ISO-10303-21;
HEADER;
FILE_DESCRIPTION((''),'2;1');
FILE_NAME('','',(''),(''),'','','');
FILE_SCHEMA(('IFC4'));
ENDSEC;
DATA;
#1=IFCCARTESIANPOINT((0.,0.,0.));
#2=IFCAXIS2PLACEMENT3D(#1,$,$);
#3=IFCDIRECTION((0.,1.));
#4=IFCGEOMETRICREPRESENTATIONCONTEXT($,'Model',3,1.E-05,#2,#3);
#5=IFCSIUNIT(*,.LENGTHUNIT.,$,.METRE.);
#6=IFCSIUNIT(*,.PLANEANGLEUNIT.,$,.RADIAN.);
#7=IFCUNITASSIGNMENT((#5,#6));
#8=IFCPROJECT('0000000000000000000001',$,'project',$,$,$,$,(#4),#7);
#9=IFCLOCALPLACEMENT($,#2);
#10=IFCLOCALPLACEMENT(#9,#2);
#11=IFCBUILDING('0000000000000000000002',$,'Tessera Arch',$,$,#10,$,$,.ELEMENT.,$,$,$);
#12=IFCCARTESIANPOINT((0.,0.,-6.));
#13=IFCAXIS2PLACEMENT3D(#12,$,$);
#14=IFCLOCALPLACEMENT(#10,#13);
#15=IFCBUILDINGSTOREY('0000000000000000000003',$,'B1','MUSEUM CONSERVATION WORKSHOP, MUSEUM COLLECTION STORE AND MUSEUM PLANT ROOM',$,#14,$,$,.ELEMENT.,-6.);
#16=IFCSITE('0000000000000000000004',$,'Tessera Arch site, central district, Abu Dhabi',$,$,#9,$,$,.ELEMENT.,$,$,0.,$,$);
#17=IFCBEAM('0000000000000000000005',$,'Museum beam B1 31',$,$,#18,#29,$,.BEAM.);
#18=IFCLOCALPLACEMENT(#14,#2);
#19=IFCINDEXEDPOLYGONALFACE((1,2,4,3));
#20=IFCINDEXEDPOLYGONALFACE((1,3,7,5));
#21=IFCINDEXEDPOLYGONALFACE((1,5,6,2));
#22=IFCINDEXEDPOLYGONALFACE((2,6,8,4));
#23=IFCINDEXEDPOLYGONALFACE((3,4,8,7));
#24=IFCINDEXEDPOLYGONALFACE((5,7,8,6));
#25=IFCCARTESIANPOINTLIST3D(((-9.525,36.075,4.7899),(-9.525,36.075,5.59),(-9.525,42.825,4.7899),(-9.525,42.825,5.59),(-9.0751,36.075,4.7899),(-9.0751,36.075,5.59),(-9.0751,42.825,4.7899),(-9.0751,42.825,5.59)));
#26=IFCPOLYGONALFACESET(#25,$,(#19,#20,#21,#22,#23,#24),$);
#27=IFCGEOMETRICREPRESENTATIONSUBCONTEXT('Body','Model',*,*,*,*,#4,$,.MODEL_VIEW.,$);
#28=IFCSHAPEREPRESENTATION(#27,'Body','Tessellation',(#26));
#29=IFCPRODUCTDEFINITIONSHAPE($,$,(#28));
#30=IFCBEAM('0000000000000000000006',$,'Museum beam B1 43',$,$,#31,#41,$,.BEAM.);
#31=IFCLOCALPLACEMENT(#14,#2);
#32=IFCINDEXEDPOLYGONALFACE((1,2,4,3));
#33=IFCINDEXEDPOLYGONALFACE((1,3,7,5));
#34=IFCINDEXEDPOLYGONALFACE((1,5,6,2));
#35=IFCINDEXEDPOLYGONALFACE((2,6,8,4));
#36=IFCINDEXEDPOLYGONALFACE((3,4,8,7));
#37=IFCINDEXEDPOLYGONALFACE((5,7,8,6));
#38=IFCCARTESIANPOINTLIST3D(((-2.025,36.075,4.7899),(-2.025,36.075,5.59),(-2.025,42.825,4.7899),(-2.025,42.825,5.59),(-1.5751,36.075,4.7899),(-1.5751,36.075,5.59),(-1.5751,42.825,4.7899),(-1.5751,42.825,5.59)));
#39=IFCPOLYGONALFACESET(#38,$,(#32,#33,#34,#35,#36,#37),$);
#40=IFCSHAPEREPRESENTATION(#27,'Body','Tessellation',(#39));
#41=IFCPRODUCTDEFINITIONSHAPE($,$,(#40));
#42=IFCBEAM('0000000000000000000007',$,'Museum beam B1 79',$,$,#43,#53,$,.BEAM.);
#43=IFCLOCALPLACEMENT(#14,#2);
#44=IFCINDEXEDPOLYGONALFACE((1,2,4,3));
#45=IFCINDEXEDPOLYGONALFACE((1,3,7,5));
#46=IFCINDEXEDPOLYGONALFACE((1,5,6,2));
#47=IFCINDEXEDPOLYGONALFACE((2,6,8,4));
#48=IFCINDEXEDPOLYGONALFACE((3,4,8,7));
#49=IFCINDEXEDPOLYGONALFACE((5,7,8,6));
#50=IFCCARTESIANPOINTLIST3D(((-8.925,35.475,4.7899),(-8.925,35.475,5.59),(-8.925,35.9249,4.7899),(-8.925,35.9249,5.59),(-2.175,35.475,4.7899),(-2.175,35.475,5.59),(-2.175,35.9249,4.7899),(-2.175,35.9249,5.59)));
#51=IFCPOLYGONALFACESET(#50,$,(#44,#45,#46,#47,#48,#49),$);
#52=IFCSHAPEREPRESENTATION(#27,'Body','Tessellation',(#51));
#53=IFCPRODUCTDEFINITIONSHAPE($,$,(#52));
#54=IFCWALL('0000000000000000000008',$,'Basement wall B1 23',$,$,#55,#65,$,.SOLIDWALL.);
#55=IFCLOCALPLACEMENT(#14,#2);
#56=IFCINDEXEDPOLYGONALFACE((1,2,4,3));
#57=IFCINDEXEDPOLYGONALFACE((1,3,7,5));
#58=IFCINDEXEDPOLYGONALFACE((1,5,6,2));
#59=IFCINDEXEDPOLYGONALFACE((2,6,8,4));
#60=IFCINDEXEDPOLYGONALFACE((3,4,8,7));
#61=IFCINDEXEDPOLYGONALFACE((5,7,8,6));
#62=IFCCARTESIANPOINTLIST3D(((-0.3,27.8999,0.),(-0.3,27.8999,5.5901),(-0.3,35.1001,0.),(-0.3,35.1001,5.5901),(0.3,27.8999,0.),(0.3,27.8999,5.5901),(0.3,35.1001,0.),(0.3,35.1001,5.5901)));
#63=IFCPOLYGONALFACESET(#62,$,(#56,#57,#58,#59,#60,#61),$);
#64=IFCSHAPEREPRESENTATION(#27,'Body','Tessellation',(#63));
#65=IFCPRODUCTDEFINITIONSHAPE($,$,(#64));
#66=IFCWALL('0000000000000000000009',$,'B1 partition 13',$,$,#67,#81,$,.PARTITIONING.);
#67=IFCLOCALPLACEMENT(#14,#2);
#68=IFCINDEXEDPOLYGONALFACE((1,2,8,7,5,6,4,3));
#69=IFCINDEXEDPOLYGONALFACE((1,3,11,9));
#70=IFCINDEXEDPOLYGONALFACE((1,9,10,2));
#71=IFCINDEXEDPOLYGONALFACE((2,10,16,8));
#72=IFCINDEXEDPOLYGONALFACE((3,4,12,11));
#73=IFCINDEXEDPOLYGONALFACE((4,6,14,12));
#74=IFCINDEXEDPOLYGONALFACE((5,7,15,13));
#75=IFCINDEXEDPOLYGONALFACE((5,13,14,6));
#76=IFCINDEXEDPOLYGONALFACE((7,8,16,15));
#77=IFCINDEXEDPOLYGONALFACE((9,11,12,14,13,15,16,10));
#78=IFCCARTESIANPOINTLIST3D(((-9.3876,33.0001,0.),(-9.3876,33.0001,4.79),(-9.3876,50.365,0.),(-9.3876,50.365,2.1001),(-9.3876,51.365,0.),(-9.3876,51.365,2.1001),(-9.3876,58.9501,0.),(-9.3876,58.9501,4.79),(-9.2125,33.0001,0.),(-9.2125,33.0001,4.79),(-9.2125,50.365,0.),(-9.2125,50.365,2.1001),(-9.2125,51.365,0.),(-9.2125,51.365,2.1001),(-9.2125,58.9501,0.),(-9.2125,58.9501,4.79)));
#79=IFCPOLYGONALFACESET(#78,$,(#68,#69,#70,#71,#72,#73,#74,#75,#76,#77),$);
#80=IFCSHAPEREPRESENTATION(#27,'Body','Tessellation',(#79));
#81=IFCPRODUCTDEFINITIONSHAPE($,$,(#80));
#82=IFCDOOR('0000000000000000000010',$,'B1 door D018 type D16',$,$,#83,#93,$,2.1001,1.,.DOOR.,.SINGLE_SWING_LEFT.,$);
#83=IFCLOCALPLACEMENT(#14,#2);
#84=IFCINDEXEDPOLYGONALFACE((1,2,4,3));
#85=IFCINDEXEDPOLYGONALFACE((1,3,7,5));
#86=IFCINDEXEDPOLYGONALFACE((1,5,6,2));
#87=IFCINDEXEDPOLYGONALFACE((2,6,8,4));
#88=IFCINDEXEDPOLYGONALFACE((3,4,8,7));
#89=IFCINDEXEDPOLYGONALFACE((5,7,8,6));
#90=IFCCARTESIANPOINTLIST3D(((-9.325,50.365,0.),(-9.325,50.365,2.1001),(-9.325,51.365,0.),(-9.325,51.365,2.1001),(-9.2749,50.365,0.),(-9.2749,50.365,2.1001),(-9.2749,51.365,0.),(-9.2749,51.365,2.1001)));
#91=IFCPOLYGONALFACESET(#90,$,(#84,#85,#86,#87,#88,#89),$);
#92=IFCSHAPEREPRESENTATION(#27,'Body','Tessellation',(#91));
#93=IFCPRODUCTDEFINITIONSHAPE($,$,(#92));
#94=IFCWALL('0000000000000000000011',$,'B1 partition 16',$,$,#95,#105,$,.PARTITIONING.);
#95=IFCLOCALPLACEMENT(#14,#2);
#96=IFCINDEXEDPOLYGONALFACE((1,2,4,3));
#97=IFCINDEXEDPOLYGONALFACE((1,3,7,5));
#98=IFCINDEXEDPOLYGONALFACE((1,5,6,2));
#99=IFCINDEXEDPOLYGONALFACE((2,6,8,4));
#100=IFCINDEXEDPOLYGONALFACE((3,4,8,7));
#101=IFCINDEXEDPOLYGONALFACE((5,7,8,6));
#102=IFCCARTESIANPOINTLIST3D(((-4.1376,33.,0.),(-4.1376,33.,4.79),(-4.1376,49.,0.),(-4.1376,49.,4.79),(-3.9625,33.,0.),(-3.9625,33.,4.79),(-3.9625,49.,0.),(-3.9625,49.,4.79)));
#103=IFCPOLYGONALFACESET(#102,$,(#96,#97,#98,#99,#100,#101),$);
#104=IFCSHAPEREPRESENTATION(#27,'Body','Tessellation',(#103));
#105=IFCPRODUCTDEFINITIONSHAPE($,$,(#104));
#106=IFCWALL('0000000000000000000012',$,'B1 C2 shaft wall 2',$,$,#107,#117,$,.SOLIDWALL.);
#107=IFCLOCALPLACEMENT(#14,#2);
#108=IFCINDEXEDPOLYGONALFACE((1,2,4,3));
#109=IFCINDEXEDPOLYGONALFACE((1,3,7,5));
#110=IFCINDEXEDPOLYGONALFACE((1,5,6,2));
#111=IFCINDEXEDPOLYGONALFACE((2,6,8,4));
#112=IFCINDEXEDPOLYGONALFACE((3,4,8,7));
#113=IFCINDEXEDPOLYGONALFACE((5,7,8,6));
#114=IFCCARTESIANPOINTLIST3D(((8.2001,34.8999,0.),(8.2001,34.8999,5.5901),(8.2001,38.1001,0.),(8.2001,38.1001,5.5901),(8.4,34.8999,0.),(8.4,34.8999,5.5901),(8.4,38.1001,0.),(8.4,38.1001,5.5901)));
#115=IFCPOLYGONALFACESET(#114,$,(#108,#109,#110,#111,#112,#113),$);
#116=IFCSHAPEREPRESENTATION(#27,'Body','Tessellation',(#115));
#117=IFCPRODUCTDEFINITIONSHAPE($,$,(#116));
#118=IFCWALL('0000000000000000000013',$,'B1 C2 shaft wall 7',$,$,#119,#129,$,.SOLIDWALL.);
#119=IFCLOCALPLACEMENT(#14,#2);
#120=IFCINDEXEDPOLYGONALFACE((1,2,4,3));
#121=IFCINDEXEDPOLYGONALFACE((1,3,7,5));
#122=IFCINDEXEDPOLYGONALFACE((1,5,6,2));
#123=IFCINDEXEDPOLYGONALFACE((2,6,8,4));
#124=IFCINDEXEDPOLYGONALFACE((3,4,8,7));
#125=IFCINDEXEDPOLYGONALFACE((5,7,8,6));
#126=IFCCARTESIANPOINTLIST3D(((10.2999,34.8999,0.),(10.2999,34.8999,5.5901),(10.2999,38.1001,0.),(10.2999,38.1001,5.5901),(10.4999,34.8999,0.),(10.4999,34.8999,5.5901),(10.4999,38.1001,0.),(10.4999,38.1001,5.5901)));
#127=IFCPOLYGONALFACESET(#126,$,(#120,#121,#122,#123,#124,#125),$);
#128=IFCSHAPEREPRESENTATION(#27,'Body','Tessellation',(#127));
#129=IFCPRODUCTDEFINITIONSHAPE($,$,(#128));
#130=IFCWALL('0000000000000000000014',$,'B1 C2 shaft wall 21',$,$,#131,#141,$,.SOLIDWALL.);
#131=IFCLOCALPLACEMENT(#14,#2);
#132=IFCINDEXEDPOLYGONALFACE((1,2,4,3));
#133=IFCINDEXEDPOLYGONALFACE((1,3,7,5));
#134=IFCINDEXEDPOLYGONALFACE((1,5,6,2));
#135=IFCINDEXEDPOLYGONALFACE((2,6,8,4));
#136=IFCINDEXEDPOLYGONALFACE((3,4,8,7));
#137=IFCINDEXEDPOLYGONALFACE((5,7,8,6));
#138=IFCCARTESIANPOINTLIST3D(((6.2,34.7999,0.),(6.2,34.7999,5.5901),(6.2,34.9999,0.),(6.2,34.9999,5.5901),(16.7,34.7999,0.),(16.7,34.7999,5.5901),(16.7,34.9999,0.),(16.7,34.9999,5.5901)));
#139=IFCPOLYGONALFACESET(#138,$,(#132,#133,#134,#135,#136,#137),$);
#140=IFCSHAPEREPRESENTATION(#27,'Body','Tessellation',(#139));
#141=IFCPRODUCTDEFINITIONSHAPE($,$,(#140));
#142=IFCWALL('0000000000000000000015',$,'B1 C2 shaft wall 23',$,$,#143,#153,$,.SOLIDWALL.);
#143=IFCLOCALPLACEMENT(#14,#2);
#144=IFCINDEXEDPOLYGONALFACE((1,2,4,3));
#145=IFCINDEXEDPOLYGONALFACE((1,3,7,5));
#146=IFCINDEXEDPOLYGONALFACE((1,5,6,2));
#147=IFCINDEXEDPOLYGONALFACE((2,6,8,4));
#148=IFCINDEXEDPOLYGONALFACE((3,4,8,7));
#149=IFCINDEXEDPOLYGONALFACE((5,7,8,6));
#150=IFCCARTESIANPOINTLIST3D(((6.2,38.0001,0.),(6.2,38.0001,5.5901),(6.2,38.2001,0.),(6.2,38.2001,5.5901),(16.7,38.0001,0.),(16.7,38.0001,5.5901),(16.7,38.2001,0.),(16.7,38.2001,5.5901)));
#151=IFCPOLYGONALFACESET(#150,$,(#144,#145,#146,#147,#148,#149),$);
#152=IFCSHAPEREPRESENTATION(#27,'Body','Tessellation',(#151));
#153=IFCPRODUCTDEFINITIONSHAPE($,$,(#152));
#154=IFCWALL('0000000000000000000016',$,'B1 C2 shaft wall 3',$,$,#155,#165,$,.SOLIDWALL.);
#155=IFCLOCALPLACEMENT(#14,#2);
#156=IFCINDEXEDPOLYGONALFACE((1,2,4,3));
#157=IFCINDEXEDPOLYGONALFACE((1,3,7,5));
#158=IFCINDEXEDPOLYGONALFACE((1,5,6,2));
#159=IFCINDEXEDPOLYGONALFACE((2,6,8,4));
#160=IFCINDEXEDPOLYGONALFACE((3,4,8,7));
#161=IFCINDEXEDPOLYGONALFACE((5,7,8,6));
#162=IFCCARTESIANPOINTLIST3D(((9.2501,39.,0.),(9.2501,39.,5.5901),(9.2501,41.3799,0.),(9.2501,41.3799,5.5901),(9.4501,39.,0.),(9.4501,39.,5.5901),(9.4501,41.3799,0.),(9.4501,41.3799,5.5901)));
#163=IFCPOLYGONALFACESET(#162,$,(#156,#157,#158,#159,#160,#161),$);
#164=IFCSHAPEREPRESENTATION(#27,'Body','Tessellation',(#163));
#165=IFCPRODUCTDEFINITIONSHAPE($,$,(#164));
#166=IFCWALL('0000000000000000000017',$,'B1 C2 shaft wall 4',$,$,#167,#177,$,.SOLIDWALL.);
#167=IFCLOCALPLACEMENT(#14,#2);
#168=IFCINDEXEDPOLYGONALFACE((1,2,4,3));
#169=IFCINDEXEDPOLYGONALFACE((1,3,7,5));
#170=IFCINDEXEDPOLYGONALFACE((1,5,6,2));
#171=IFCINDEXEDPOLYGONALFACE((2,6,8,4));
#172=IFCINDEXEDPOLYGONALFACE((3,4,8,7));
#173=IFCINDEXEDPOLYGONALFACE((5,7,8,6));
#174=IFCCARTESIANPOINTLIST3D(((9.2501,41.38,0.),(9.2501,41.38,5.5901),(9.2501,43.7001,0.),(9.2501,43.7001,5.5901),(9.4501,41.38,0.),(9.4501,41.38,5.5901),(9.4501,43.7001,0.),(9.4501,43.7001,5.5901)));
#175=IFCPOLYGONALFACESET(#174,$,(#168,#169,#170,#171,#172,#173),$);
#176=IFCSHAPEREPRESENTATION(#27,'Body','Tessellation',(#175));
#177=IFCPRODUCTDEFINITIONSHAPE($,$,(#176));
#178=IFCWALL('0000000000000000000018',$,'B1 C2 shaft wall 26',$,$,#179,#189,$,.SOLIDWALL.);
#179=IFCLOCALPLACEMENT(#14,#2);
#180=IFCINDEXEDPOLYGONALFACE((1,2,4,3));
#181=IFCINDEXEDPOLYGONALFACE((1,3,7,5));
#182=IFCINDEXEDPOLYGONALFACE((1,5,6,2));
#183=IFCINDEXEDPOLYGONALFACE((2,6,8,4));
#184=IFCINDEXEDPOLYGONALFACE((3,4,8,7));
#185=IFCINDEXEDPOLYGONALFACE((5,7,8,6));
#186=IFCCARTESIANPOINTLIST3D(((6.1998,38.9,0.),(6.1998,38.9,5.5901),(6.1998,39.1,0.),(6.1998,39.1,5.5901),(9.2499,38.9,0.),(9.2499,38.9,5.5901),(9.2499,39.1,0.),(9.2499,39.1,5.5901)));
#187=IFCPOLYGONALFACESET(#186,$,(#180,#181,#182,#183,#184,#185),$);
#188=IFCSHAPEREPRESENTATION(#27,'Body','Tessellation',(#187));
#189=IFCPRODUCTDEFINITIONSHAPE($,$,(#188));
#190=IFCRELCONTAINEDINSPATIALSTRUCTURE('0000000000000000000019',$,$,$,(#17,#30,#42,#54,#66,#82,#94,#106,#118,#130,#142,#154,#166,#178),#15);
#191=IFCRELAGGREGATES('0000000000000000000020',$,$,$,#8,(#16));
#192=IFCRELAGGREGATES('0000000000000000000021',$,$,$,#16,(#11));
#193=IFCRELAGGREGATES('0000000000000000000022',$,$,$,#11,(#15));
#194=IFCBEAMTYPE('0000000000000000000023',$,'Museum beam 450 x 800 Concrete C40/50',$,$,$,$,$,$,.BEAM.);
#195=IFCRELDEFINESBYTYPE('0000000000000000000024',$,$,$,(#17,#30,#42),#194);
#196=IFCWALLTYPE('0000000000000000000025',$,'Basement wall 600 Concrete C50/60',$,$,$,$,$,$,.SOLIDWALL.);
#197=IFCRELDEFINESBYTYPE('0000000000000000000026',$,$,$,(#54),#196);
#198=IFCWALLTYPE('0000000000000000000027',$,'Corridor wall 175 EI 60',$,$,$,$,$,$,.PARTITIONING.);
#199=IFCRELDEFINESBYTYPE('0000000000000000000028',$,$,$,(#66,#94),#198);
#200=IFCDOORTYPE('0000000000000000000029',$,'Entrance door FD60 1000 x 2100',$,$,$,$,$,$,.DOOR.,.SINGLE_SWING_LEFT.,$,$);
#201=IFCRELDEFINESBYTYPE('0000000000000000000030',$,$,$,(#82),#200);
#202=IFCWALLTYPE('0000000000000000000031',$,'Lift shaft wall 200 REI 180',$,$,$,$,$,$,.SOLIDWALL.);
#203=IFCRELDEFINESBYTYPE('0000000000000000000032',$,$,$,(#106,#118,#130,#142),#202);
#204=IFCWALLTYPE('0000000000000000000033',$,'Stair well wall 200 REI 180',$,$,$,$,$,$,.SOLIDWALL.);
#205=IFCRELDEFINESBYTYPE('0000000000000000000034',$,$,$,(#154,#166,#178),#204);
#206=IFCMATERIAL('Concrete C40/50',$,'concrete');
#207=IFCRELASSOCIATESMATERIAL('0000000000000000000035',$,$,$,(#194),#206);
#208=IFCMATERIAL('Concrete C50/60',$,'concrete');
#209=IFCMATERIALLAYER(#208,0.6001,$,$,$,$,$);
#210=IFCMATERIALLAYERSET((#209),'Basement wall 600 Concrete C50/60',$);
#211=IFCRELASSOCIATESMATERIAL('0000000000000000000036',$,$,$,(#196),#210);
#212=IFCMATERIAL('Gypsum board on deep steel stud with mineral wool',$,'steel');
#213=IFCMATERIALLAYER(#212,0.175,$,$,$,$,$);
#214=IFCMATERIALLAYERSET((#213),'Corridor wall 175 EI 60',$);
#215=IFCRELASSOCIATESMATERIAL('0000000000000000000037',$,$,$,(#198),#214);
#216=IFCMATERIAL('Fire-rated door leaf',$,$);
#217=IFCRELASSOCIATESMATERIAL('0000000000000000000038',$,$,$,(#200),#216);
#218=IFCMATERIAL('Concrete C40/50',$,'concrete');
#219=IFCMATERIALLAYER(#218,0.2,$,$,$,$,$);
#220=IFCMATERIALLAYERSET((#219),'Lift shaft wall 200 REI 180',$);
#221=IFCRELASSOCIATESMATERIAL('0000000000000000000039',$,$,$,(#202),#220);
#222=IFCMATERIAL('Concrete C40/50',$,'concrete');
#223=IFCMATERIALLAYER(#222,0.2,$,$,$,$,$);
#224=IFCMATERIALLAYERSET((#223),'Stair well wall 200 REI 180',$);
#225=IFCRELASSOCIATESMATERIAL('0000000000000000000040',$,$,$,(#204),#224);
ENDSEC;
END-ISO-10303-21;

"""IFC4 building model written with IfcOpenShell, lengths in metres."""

from ifc_helpers import new_model, si_unit, direction, frame, frame_2d, origin, origin_2d, place, context, subcontext, project, spatial, rectangle, extrude, material, layer, layer_set, material_profile, profile_set, type_object, element, fill, save


model = new_model("IFC4")

# Units and contexts
model_context = context("Model", 3, precision=1e-05, world=origin(), true_north=direction((0.0, 1.0)))
body_context = subcontext(model_context, "Body", "Model", "MODEL_VIEW")
ifc_project = project(units=[si_unit("LENGTHUNIT", "METRE"), si_unit("PLANEANGLEUNIT", "RADIAN")], contexts=[model_context])

# Site, building, storey
site_placement = place(None, origin())
site = spatial("IfcSite", under=ifc_project, at=site_placement, Name="Tessera Arch site, central district, Abu Dhabi", CompositionType="ELEMENT", RefElevation=0.0)
building_placement = place(site_placement, origin())
building = spatial("IfcBuilding", under=site, at=building_placement, Name="Tessera Arch", CompositionType="ELEMENT")
storey_placement = place(building_placement, frame((0.0, 0.0, -6.0)))
storey = spatial("IfcBuildingStorey", under=building, at=storey_placement, Name="B1", Description="MUSEUM CONSERVATION WORKSHOP, MUSEUM COLLECTION STORE AND MUSEUM PLANT ROOM", CompositionType="ELEMENT", Elevation=-6.0)

# Beams
ifc_material_1 = material(Name="Concrete C40/50", Category="concrete")
ifc_material_profile_1 = material_profile(ifc_material_1, rectangle(XDim=0.45, YDim=0.8, at=origin_2d()), Name="Museum beam 450 x 800 Concrete C40/50")
ifc_profile_set_1 = profile_set([ifc_material_profile_1], Name="Concrete C40/50")
beam_type = type_object("IfcBeamType", Name="Museum beam 450 x 800 Concrete C40/50", PredefinedType="BEAM", material=ifc_profile_set_1)
for number, where, z_axis, x_axis, name in (
    (1, (-9.3, 36.075, 5.1899), (0.0, 1.0, 0.0), (-1.0, 0.0, 0.0), "Museum beam B1 31"),
    (2, (-1.8, 36.075, 5.1899), (0.0, 1.0, 0.0), (-1.0, 0.0, 0.0), "Museum beam B1 43"),
    (3, (-8.925, 35.7, 5.1899), (1.0, 0.0, 0.0), (0.0, 1.0, 0.0), "Museum beam B1 79"),
):
    element("IfcBeam", number, at=place(storey_placement, frame(where, z_axis=z_axis, x_axis=x_axis)), inside=storey, type_object=beam_type, Name=name, PredefinedType="BEAM", context=body_context, shape_type="SweptSolid", body=[
        extrude(rectangle(XDim=0.45, YDim=0.8, at=origin_2d()), origin(), (0.0, 0.0, 1.0), 6.75),
    ])

# Wall
ifc_material_2 = material(Name="Concrete C50/60", Category="concrete")
ifc_layer_1 = layer(ifc_material_2, 0.6001)
ifc_layer_set_1 = layer_set([ifc_layer_1], Name="Basement wall 600 Concrete C50/60")
wall_type_1 = type_object("IfcWallType", Name="Basement wall 600 Concrete C50/60", PredefinedType="SOLIDWALL", material=ifc_layer_set_1)
wall_1_placement = place(storey_placement, frame((0.0, 35.1001, 0.0), z_axis=(0.0, 0.0, 1.0), x_axis=(0.0, -1.0, 0.0)))
element("IfcWall", 4, at=wall_1_placement, inside=storey, type_object=wall_type_1, Name="Basement wall B1 23", PredefinedType="SOLIDWALL", context=body_context, shape_type="SweptSolid", body=[
    extrude(rectangle(XDim=7.2002, YDim=0.6001, at=frame_2d((3.6001, 0.0))), origin(), (0.0, 0.0, 1.0), 5.5901),
])

# Wall, opening, door
ifc_material_3 = material(Name="Gypsum board on deep steel stud with mineral wool", Category="steel")
ifc_layer_2 = layer(ifc_material_3, 0.175)
ifc_layer_set_2 = layer_set([ifc_layer_2], Name="Corridor wall 175 EI 60")
wall_type_2 = type_object("IfcWallType", Name="Corridor wall 175 EI 60", PredefinedType="PARTITIONING", material=ifc_layer_set_2)
wall_2_placement = place(storey_placement, frame((-9.3, 33.0, 0.0), z_axis=(0.0, 0.0, 1.0), x_axis=(0.0, 1.0, 0.0)))
wall_2 = element("IfcWall", 5, at=wall_2_placement, inside=storey, type_object=wall_type_2, Name="B1 partition 13", PredefinedType="PARTITIONING", context=body_context, shape_type="SweptSolid", body=[
    extrude(rectangle(XDim=25.95, YDim=0.175, at=frame_2d((12.9751, 0.0))), origin(), (0.0, 0.0, 1.0), 4.79),
])
opening_placement = place(wall_2_placement, frame((17.365, 0.0, 0.0)))
opening = element("IfcOpeningElement", 6, at=opening_placement, cuts=wall_2, PredefinedType="OPENING", context=body_context, shape_type="SweptSolid", body=[
    extrude(rectangle(XDim=1.0, YDim=2.1001, at=frame_2d((0.5, 1.05))), frame((0.0, 0.0974, 0.0), z_axis=(0.0, -1.0, 0.0), x_axis=(1.0, 0.0, 0.0)), (0.0, 0.0, 1.0), 0.1951),
])
ifc_material_4 = material(Name="Fire-rated door leaf")
door_type = type_object("IfcDoorType", Name="Entrance door FD60 1000 x 2100", OperationType="SINGLE_SWING_LEFT", PredefinedType="DOOR", material=ifc_material_4)
door_placement = place(opening_placement, origin())
door = element("IfcDoor", 7, at=door_placement, inside=storey, type_object=door_type, Name="B1 door D018 type D16", OperationType="SINGLE_SWING_LEFT", OverallHeight=2.1001, OverallWidth=1.0, PredefinedType="DOOR", context=body_context, shape_type="SweptSolid", body=[
    extrude(rectangle(XDim=1.0, YDim=2.1001, at=frame_2d((0.5, 1.05))), frame((0.0, 0.0249, 0.0), z_axis=(0.0, -1.0, 0.0), x_axis=(1.0, 0.0, 0.0)), (0.0, 0.0, 1.0), 0.05),
])
fill(opening, door)

# Walls
wall_3_placement = place(storey_placement, frame((-4.05, 33.0, 0.0), z_axis=(0.0, 0.0, 1.0), x_axis=(0.0, 1.0, 0.0)))
element("IfcWall", 8, at=wall_3_placement, inside=storey, type_object=wall_type_2, Name="B1 partition 16", PredefinedType="PARTITIONING", context=body_context, shape_type="SweptSolid", body=[
    extrude(rectangle(XDim=16.0, YDim=0.175, at=frame_2d((8.0, 0.0))), origin(), (0.0, 0.0, 1.0), 4.79),
])
ifc_material_5 = material(Name="Concrete C40/50", Category="concrete")
ifc_layer_3 = layer(ifc_material_5, 0.2)
ifc_layer_set_3 = layer_set([ifc_layer_3], Name="Lift shaft wall 200 REI 180")
wall_type_3 = type_object("IfcWallType", Name="Lift shaft wall 200 REI 180", PredefinedType="SOLIDWALL", material=ifc_layer_set_3)
for number, where, z_axis, x_axis, name in (
    (9, (8.3, 34.8999, 0.0), (0.0, 0.0, 1.0), (0.0, 1.0, 0.0), "B1 C2 shaft wall 2"),
    (10, (10.3999, 34.8999, 0.0), (0.0, 0.0, 1.0), (0.0, 1.0, 0.0), "B1 C2 shaft wall 7"),
):
    element("IfcWall", number, at=place(storey_placement, frame(where, z_axis=z_axis, x_axis=x_axis)), inside=storey, type_object=wall_type_3, Name=name, PredefinedType="SOLIDWALL", context=body_context, shape_type="SweptSolid", body=[
        extrude(rectangle(XDim=3.2002, YDim=0.2, at=frame_2d((1.6001, 0.0))), origin(), (0.0, 0.0, 1.0), 5.5901),
    ])
for number, where, z_axis, x_axis, name in (
    (11, (6.2, 34.8999, 0.0), (0.0, 0.0, 1.0), (1.0, 0.0, 0.0), "B1 C2 shaft wall 21"),
    (12, (6.2, 38.1001, 0.0), (0.0, 0.0, 1.0), (1.0, 0.0, 0.0), "B1 C2 shaft wall 23"),
):
    element("IfcWall", number, at=place(storey_placement, frame(where, z_axis=z_axis, x_axis=x_axis)), inside=storey, type_object=wall_type_3, Name=name, PredefinedType="SOLIDWALL", context=body_context, shape_type="SweptSolid", body=[
        extrude(rectangle(XDim=10.5, YDim=0.2, at=frame_2d((5.25, 0.0))), origin(), (0.0, 0.0, 1.0), 5.5901),
    ])
ifc_material_6 = material(Name="Concrete C40/50", Category="concrete")
ifc_layer_4 = layer(ifc_material_6, 0.2)
ifc_layer_set_4 = layer_set([ifc_layer_4], Name="Stair well wall 200 REI 180")
wall_type_4 = type_object("IfcWallType", Name="Stair well wall 200 REI 180", PredefinedType="SOLIDWALL", material=ifc_layer_set_4)
wall_4_placement = place(storey_placement, frame((9.3501, 39.0, 0.0), z_axis=(0.0, 0.0, 1.0), x_axis=(0.0, 1.0, 0.0)))
element("IfcWall", 13, at=wall_4_placement, inside=storey, type_object=wall_type_4, Name="B1 C2 shaft wall 3", PredefinedType="SOLIDWALL", context=body_context, shape_type="SweptSolid", body=[
    extrude(rectangle(XDim=2.3799, YDim=0.2, at=frame_2d((1.1899, 0.0))), origin(), (0.0, 0.0, 1.0), 5.5901),
])
wall_5_placement = place(storey_placement, frame((9.3501, 41.3799, 0.0), z_axis=(0.0, 0.0, 1.0), x_axis=(0.0, 1.0, 0.0)))
element("IfcWall", 14, at=wall_5_placement, inside=storey, type_object=wall_type_4, Name="B1 C2 shaft wall 4", PredefinedType="SOLIDWALL", context=body_context, shape_type="SweptSolid", body=[
    extrude(rectangle(XDim=2.3201, YDim=0.2, at=frame_2d((1.1602, 0.0))), origin(), (0.0, 0.0, 1.0), 5.5901),
])
wall_6_placement = place(storey_placement, frame((6.2, 39.0, 0.0), z_axis=(0.0, 0.0, 1.0), x_axis=(1.0, 0.0, 0.0)))
element("IfcWall", 15, at=wall_6_placement, inside=storey, type_object=wall_type_4, Name="B1 C2 shaft wall 26", PredefinedType="SOLIDWALL", context=body_context, shape_type="SweptSolid", body=[
    extrude(rectangle(XDim=3.05, YDim=0.2, at=frame_2d((1.5249, 0.0))), origin(), (0.0, 0.0, 1.0), 5.5901),
])

save(model, "model.ifc")
